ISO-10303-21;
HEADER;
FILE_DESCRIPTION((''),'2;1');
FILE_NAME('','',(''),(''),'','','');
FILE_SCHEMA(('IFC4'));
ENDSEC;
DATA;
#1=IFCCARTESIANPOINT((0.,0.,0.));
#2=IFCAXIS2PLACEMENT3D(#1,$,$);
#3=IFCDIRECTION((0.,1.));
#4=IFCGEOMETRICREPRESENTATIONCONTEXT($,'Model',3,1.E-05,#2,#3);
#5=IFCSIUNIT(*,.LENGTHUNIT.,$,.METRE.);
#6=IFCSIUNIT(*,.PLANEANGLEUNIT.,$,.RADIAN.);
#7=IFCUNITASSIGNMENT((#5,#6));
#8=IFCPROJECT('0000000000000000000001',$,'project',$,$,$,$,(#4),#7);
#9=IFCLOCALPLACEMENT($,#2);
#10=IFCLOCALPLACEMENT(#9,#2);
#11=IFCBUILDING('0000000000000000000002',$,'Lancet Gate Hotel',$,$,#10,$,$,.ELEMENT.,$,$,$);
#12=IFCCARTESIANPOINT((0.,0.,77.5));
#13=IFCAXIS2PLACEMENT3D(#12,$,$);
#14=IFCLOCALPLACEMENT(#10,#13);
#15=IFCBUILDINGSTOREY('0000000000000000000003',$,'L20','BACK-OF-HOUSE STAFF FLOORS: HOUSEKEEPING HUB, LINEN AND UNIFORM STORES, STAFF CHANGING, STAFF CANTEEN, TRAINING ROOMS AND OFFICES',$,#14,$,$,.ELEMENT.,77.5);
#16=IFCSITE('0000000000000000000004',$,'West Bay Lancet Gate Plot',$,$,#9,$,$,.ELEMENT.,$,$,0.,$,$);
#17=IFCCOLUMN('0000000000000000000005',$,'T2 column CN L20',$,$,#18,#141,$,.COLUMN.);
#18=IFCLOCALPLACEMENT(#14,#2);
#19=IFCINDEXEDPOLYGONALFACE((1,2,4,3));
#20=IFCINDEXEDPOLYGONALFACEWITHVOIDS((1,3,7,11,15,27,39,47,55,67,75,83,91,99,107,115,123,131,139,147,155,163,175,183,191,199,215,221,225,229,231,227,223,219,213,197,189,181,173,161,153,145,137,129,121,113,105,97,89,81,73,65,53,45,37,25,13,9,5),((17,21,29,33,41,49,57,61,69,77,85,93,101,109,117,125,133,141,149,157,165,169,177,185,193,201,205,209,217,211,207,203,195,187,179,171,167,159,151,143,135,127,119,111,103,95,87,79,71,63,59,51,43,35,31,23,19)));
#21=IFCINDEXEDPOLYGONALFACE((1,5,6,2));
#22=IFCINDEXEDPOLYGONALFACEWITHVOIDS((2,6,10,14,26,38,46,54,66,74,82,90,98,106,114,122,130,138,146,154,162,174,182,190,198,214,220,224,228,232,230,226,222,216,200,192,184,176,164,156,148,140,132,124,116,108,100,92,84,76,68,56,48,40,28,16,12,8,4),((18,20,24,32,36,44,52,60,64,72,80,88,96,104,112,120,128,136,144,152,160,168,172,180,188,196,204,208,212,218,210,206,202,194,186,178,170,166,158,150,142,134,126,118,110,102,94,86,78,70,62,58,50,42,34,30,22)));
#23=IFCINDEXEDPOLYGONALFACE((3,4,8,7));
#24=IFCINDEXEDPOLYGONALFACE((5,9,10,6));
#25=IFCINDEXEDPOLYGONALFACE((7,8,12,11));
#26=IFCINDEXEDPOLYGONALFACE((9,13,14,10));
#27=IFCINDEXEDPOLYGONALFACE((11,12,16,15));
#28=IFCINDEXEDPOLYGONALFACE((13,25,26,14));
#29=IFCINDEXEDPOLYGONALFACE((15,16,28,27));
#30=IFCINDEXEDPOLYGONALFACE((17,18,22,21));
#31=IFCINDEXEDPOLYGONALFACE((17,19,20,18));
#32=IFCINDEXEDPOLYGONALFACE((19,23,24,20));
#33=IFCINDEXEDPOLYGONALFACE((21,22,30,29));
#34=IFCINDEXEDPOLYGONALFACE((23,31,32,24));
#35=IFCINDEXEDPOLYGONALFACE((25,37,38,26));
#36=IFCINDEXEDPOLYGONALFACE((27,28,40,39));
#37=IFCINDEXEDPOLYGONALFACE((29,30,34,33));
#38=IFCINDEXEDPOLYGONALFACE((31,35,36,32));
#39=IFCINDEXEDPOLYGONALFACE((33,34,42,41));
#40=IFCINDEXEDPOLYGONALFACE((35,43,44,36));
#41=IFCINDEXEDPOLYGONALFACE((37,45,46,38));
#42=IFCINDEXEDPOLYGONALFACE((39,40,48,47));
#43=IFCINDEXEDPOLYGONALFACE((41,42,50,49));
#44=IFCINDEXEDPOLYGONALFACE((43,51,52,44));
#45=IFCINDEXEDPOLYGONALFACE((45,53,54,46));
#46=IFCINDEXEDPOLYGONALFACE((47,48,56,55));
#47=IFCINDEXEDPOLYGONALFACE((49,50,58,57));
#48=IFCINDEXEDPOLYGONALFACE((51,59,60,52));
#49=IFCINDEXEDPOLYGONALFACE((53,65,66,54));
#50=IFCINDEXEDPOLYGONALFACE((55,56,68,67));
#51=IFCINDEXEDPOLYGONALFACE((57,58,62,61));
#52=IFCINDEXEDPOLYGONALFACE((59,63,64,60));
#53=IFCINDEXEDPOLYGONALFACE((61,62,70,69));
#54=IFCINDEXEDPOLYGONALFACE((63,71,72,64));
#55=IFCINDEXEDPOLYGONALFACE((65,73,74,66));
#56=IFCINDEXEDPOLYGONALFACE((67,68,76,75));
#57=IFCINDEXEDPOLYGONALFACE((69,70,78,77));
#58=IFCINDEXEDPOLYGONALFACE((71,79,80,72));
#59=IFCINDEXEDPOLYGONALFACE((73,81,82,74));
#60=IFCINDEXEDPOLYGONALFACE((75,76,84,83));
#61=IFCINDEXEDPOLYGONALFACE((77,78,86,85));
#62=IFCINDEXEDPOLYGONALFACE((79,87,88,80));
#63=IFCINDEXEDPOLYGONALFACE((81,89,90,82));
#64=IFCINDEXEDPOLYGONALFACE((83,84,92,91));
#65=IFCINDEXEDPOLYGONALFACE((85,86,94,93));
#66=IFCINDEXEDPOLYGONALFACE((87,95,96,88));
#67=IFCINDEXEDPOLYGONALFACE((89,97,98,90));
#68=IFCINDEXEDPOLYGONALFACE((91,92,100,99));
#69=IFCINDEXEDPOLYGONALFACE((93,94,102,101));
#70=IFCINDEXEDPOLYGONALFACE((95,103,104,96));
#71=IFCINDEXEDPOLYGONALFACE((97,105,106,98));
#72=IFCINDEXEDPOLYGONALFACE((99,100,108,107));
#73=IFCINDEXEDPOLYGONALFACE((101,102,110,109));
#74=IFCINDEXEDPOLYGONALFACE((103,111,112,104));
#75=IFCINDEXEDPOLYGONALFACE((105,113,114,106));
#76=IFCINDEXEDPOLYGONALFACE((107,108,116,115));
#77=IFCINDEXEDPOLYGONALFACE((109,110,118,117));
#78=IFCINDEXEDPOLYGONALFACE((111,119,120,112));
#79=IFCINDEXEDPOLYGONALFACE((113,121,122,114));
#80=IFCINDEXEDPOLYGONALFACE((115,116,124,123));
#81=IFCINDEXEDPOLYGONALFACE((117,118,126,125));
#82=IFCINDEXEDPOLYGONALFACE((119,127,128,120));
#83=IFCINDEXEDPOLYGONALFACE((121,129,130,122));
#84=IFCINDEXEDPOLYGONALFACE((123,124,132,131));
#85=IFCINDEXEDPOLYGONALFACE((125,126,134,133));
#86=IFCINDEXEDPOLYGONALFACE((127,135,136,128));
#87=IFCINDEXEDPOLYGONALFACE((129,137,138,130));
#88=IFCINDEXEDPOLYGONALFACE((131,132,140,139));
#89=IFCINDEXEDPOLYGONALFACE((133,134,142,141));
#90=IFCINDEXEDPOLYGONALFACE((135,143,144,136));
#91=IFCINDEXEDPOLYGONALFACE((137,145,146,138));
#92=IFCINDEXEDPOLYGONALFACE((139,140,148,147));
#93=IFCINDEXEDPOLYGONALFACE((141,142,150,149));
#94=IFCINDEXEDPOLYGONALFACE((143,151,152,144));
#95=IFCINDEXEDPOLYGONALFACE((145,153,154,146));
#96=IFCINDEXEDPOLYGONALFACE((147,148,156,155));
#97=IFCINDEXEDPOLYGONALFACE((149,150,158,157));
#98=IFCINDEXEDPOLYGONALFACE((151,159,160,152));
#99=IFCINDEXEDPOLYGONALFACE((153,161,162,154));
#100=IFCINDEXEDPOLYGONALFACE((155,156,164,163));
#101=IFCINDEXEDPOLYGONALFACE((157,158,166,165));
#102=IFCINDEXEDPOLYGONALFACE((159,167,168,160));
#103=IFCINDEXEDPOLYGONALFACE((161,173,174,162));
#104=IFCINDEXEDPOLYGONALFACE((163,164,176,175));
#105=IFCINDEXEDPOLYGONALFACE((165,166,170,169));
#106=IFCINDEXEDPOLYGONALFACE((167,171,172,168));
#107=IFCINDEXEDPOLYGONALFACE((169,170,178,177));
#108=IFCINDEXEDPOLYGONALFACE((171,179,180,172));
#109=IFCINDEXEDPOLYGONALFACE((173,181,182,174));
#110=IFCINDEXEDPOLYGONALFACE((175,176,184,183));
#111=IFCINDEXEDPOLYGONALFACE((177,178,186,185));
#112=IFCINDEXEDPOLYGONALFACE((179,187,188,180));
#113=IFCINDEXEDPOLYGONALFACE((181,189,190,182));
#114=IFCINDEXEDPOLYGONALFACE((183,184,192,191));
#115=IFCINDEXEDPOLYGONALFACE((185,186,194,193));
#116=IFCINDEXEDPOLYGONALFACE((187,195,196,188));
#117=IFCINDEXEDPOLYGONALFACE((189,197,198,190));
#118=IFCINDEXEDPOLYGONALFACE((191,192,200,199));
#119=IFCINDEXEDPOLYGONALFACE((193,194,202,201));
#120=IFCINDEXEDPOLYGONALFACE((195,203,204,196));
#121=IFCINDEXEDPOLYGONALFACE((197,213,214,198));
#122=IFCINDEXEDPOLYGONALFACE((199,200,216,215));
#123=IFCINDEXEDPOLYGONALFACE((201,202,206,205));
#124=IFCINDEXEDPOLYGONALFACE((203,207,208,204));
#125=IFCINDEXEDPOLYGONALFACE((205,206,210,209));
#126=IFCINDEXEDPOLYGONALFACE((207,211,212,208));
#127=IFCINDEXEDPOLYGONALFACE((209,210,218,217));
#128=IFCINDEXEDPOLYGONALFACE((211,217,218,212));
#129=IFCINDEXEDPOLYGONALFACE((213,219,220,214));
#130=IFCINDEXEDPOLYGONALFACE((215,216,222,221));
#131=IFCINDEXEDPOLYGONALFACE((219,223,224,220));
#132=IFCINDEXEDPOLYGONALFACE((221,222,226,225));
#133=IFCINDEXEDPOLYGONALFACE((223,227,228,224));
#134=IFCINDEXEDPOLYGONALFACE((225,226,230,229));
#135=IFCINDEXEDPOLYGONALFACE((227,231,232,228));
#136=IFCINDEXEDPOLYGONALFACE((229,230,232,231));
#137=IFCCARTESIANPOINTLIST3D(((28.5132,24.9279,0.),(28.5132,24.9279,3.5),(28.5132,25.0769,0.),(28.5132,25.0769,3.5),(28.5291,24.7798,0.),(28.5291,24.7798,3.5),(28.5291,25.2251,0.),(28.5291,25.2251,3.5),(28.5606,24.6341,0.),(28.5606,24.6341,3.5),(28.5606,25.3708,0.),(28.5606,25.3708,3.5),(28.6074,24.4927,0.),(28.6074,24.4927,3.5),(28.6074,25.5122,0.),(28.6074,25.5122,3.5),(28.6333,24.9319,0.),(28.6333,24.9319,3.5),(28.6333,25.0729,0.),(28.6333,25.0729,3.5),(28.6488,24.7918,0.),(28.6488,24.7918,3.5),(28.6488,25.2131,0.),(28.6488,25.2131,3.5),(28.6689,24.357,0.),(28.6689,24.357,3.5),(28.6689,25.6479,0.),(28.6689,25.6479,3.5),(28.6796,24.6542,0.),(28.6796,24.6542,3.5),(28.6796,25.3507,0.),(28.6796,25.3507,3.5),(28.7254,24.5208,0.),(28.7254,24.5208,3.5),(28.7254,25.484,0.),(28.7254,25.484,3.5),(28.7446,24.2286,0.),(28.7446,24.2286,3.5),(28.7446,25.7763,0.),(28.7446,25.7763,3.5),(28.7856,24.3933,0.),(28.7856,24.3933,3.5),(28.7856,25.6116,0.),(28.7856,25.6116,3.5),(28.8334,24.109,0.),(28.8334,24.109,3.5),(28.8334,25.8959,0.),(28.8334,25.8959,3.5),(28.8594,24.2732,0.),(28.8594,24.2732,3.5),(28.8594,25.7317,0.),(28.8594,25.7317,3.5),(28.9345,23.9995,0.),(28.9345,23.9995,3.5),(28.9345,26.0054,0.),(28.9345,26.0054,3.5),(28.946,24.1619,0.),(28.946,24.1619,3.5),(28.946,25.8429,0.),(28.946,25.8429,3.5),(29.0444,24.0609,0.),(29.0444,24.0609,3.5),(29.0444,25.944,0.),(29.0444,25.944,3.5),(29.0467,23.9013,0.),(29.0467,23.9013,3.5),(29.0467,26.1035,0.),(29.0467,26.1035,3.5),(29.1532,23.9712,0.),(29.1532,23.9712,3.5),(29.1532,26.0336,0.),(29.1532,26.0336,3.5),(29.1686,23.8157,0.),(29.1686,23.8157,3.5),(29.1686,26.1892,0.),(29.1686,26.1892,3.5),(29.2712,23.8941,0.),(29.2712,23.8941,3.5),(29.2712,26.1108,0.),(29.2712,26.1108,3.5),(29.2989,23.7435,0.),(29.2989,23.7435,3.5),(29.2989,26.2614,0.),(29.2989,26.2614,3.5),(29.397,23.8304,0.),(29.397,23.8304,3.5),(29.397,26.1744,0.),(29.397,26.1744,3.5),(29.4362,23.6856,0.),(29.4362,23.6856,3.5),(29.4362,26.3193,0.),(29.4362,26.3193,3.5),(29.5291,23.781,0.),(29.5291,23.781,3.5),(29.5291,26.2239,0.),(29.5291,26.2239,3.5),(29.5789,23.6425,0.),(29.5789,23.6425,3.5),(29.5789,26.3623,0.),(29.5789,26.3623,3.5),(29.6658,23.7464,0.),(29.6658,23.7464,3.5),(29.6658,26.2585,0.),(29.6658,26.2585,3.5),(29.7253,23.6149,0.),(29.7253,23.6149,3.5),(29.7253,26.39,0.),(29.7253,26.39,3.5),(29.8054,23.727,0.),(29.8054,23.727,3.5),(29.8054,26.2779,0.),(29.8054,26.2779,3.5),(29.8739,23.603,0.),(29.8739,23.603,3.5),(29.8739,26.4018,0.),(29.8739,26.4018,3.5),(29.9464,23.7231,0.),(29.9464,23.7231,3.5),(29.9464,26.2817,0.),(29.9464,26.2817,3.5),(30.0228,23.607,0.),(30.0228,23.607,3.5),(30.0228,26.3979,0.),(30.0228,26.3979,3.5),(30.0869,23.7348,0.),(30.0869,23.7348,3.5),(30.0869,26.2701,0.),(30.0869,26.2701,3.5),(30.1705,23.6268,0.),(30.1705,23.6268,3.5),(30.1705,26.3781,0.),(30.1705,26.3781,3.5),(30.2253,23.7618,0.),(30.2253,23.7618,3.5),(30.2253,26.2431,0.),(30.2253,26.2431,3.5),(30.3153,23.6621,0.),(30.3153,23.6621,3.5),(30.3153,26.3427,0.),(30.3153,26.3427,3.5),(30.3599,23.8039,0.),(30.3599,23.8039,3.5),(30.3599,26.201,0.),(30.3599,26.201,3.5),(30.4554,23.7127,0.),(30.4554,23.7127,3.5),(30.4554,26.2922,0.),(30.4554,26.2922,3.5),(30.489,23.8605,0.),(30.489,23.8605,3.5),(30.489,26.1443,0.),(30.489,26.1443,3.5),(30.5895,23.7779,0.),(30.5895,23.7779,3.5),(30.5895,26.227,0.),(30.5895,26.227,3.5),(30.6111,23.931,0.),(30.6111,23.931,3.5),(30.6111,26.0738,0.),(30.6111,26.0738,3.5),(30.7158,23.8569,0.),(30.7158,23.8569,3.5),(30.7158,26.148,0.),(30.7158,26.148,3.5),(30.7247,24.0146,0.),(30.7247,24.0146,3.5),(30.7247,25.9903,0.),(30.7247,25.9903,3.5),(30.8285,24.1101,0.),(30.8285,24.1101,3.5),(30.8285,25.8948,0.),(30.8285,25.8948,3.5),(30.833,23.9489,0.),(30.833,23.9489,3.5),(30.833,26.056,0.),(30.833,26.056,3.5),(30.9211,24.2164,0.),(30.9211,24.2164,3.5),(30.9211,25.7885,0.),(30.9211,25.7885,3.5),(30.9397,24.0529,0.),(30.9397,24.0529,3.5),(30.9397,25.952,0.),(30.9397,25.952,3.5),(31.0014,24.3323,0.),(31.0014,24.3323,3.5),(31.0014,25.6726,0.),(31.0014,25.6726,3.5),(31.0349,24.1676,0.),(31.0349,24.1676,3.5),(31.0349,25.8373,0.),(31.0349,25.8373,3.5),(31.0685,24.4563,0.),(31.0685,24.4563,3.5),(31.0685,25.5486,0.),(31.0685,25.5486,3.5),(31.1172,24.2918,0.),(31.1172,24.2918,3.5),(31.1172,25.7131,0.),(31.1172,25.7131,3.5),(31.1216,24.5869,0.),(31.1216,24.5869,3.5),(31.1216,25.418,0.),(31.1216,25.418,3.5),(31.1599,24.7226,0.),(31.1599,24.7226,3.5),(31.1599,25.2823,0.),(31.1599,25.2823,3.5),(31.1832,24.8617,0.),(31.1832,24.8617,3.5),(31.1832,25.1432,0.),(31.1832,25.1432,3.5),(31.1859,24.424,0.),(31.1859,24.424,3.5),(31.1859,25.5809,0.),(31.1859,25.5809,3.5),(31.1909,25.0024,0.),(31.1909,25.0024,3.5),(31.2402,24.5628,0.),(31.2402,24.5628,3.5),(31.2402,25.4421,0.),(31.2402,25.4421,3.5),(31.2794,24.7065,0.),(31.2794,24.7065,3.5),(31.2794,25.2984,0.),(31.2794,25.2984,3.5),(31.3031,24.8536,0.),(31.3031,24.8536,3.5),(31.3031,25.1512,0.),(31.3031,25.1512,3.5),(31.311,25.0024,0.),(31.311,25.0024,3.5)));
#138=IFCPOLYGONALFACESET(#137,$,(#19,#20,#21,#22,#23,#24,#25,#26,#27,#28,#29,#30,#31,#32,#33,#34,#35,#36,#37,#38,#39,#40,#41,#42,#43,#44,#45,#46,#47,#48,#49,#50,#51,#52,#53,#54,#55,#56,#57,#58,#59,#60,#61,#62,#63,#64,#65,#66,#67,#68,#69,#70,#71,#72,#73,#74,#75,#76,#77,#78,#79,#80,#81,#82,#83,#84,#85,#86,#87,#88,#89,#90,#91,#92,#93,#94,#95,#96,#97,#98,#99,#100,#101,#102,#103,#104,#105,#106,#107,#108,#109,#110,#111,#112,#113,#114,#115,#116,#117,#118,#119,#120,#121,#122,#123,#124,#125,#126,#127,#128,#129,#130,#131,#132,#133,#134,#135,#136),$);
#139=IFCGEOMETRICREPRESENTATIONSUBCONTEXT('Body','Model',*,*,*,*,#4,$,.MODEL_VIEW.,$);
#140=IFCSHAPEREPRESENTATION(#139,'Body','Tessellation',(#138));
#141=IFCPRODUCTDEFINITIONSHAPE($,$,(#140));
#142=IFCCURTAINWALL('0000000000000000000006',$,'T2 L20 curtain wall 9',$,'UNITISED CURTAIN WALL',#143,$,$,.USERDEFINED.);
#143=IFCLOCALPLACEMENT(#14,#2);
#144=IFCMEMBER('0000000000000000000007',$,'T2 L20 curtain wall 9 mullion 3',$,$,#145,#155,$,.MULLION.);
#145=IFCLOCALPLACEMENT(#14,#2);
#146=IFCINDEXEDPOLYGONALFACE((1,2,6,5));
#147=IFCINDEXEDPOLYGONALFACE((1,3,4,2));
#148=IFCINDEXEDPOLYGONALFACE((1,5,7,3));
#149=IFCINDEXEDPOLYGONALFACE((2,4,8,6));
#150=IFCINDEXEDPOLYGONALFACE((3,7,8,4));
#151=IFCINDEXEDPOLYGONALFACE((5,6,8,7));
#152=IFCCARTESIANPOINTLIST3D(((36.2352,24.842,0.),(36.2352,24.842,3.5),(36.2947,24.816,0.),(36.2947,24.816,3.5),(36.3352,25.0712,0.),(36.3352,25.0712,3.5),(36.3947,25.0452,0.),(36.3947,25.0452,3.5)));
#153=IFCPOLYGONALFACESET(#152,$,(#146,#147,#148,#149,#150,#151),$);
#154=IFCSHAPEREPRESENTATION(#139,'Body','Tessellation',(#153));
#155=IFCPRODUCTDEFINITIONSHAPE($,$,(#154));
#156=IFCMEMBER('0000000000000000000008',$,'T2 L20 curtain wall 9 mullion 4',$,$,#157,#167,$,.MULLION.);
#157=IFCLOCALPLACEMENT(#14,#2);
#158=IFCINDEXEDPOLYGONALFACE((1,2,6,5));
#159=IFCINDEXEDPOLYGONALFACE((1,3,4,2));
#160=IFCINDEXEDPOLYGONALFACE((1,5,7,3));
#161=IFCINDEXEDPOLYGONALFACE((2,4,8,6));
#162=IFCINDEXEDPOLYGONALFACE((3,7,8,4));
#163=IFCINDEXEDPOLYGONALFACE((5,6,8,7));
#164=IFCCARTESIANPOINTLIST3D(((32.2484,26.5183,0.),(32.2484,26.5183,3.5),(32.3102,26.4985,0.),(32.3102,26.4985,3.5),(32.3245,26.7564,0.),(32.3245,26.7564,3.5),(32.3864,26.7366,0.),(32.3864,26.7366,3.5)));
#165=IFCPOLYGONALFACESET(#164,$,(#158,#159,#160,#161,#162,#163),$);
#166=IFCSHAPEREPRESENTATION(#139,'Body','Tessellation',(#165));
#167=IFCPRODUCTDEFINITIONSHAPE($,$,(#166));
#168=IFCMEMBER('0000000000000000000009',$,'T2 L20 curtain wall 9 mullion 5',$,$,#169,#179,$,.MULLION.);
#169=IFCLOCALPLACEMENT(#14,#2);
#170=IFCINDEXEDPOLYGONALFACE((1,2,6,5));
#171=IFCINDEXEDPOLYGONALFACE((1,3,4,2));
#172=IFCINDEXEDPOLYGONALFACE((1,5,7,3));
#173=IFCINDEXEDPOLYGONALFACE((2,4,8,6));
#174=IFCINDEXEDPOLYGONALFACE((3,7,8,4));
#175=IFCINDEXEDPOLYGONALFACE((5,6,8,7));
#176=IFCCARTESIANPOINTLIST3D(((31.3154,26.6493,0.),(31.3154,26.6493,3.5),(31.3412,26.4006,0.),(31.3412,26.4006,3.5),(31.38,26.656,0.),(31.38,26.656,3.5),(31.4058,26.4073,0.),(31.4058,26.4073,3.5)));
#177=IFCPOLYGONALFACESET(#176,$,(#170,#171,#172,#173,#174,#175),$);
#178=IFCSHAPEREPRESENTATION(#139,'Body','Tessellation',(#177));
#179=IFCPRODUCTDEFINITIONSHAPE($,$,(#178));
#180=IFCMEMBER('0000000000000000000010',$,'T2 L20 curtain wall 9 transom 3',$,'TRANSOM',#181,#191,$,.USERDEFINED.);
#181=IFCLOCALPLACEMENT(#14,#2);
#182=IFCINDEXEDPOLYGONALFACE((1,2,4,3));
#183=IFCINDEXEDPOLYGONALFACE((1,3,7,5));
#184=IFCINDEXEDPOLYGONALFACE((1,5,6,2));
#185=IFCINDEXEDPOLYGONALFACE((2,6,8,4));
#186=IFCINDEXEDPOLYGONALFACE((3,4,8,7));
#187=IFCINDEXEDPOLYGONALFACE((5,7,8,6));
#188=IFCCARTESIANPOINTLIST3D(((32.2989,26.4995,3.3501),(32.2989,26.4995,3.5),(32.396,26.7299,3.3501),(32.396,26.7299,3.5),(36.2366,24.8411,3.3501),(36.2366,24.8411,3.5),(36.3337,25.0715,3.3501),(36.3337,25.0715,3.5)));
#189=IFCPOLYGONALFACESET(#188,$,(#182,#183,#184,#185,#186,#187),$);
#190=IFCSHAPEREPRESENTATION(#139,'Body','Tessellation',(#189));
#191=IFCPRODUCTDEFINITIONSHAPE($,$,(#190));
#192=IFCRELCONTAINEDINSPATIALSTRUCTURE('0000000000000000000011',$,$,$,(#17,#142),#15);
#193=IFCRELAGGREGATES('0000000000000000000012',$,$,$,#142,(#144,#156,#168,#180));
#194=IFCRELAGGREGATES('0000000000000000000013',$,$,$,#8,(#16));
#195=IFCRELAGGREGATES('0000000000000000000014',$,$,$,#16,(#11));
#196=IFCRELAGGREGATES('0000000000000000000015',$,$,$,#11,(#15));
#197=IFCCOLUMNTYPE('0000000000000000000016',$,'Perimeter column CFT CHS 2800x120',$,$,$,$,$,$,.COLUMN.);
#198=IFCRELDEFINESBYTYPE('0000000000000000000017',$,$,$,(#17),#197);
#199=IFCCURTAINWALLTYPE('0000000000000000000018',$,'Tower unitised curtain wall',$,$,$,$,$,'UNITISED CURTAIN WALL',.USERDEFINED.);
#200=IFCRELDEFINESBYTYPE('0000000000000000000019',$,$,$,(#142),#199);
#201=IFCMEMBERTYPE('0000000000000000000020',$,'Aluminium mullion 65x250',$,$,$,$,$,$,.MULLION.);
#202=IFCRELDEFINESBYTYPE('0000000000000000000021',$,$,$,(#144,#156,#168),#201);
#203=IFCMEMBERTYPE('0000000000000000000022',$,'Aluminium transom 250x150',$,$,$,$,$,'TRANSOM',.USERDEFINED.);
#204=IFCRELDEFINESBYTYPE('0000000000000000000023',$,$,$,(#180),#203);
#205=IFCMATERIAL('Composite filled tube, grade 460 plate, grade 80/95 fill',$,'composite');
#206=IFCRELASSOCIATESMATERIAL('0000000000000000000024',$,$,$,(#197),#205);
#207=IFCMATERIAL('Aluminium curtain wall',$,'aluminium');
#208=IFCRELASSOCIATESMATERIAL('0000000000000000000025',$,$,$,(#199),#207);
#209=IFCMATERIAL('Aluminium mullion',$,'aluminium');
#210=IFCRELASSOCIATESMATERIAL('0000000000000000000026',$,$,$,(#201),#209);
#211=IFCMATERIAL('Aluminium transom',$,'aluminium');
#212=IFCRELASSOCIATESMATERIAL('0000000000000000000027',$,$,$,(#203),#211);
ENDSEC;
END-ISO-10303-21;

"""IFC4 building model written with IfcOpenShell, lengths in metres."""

from ifc_helpers import new_model, si_unit, direction, frame, origin, origin_2d, place, context, subcontext, project, spatial, rectangle, hollow_circle, extrude, material, material_profile, profile_set, type_object, element, aggregate, save


model = new_model("IFC4")

# Units and contexts
model_context = context("Model", 3, precision=1e-05, world=origin(), true_north=direction((0.0, 1.0)))
body_context = subcontext(model_context, "Body", "Model", "MODEL_VIEW")
ifc_project = project(units=[si_unit("LENGTHUNIT", "METRE"), si_unit("PLANEANGLEUNIT", "RADIAN")], contexts=[model_context])

# Site, building, storey
site_placement = place(None, origin())
site = spatial("IfcSite", under=ifc_project, at=site_placement, Name="West Bay Lancet Gate Plot", CompositionType="ELEMENT", RefElevation=0.0)
building_placement = place(site_placement, origin())
building = spatial("IfcBuilding", under=site, at=building_placement, Name="Lancet Gate Hotel", CompositionType="ELEMENT")
storey_placement = place(building_placement, frame((0.0, 0.0, 77.5)))
storey = spatial("IfcBuildingStorey", under=building, at=storey_placement, Name="L20", Description="BACK-OF-HOUSE STAFF FLOORS: HOUSEKEEPING HUB, LINEN AND UNIFORM STORES, STAFF CHANGING, STAFF CANTEEN, TRAINING ROOMS AND OFFICES", CompositionType="ELEMENT", Elevation=77.5)

# Column
ifc_material_1 = material(Name="Composite filled tube, grade 460 plate, grade 80/95 fill", Category="composite")
ifc_material_profile_1 = material_profile(ifc_material_1, hollow_circle(Radius=1.3999, WallThickness=0.1201, at=origin_2d()), Name="CHS 2800x120")
ifc_profile_set_1 = profile_set([ifc_material_profile_1], Name="Composite filled tube, grade 460 plate, grade 80/95 fill")
column_type = type_object("IfcColumnType", Name="Perimeter column CFT CHS 2800x120", PredefinedType="COLUMN", material=ifc_profile_set_1)
column_placement = place(storey_placement, frame((29.9111, 25.0024, 0.0), z_axis=(0.0, 0.0, 1.0), x_axis=(1.0, 0.0, 0.0)))
element("IfcColumn", 1, at=column_placement, inside=storey, type_object=column_type, Name="T2 column CN L20", PredefinedType="COLUMN", context=body_context, shape_type="SweptSolid", body=[
    extrude(hollow_circle(Radius=1.3999, WallThickness=0.1201, at=origin_2d()), origin(), (0.0, 0.0, 1.0), 3.5),
])

# Curtain wall, members
ifc_material_2 = material(Name="Aluminium curtain wall", Category="aluminium")
curtain_wall_type = type_object("IfcCurtainWallType", Name="Tower unitised curtain wall", ElementType="UNITISED CURTAIN WALL", PredefinedType="USERDEFINED", material=ifc_material_2)
curtain_wall_placement = place(storey_placement, origin())
curtain_wall = element("IfcCurtainWall", 2, at=curtain_wall_placement, inside=storey, type_object=curtain_wall_type, Name="T2 L20 curtain wall 9", ObjectType="UNITISED CURTAIN WALL", PredefinedType="USERDEFINED")
ifc_material_3 = material(Name="Aluminium mullion", Category="aluminium")
ifc_material_profile_2 = material_profile(ifc_material_3, rectangle(XDim=0.0649, YDim=0.25, at=origin_2d()), Name="MULLION 65x250")
ifc_profile_set_2 = profile_set([ifc_material_profile_2], Name="Aluminium mullion")
member_type_1 = type_object("IfcMemberType", Name="Aluminium mullion 65x250", PredefinedType="MULLION", material=ifc_profile_set_2)
member_1_placement = place(storey_placement, frame((36.3149, 24.9436, 0.0), z_axis=(0.0, 0.0, 1.0), x_axis=(-0.916579, 0.399854, 0.0)))
member_1 = element("IfcMember", 3, at=member_1_placement, type_object=member_type_1, Name="T2 L20 curtain wall 9 mullion 3", PredefinedType="MULLION", context=body_context, shape_type="SweptSolid", body=[
    extrude(rectangle(XDim=0.0649, YDim=0.25, at=origin_2d()), origin(), (0.0, 0.0, 1.0), 3.5),
])
member_2_placement = place(storey_placement, frame((32.3174, 26.6274, 0.0), z_axis=(0.0, 0.0, 1.0), x_axis=(-0.952473, 0.304622, 0.0)))
member_2 = element("IfcMember", 4, at=member_2_placement, type_object=member_type_1, Name="T2 L20 curtain wall 9 mullion 4", PredefinedType="MULLION", context=body_context, shape_type="SweptSolid", body=[
    extrude(rectangle(XDim=0.0649, YDim=0.25, at=origin_2d()), origin(), (0.0, 0.0, 1.0), 3.5),
])
member_3_placement = place(storey_placement, frame((31.3606, 26.5283, 0.0), z_axis=(0.0, 0.0, 1.0), x_axis=(-0.994672, -0.103088, 0.0)))
member_3 = element("IfcMember", 5, at=member_3_placement, type_object=member_type_1, Name="T2 L20 curtain wall 9 mullion 5", PredefinedType="MULLION", context=body_context, shape_type="SweptSolid", body=[
    extrude(rectangle(XDim=0.0649, YDim=0.25, at=origin_2d()), origin(), (0.0, 0.0, 1.0), 3.5),
])
ifc_material_4 = material(Name="Aluminium transom", Category="aluminium")
ifc_material_profile_3 = material_profile(ifc_material_4, rectangle(XDim=0.25, YDim=0.1499, at=origin_2d()), Name="TRANSOM 250x150")
ifc_profile_set_3 = profile_set([ifc_material_profile_3], Name="Aluminium transom")
member_type_2 = type_object("IfcMemberType", Name="Aluminium transom 250x150", ElementType="TRANSOM", PredefinedType="USERDEFINED", material=ifc_profile_set_3)
member_4_placement = place(storey_placement, frame((36.2852, 24.9563, 3.425), z_axis=(-0.921598, 0.388146, 0.0), x_axis=(-0.388146, -0.921598, 0.0)))
member_4 = element("IfcMember", 6, at=member_4_placement, type_object=member_type_2, Name="T2 L20 curtain wall 9 transom 3", ObjectType="TRANSOM", PredefinedType="USERDEFINED", context=body_context, shape_type="SweptSolid", body=[
    extrude(rectangle(XDim=0.25, YDim=0.1499, at=origin_2d()), origin(), (0.0, 0.0, 1.0), 4.2727),
])

aggregate(curtain_wall, [member_1, member_2, member_3, member_4])

save(model, "model.ifc")
